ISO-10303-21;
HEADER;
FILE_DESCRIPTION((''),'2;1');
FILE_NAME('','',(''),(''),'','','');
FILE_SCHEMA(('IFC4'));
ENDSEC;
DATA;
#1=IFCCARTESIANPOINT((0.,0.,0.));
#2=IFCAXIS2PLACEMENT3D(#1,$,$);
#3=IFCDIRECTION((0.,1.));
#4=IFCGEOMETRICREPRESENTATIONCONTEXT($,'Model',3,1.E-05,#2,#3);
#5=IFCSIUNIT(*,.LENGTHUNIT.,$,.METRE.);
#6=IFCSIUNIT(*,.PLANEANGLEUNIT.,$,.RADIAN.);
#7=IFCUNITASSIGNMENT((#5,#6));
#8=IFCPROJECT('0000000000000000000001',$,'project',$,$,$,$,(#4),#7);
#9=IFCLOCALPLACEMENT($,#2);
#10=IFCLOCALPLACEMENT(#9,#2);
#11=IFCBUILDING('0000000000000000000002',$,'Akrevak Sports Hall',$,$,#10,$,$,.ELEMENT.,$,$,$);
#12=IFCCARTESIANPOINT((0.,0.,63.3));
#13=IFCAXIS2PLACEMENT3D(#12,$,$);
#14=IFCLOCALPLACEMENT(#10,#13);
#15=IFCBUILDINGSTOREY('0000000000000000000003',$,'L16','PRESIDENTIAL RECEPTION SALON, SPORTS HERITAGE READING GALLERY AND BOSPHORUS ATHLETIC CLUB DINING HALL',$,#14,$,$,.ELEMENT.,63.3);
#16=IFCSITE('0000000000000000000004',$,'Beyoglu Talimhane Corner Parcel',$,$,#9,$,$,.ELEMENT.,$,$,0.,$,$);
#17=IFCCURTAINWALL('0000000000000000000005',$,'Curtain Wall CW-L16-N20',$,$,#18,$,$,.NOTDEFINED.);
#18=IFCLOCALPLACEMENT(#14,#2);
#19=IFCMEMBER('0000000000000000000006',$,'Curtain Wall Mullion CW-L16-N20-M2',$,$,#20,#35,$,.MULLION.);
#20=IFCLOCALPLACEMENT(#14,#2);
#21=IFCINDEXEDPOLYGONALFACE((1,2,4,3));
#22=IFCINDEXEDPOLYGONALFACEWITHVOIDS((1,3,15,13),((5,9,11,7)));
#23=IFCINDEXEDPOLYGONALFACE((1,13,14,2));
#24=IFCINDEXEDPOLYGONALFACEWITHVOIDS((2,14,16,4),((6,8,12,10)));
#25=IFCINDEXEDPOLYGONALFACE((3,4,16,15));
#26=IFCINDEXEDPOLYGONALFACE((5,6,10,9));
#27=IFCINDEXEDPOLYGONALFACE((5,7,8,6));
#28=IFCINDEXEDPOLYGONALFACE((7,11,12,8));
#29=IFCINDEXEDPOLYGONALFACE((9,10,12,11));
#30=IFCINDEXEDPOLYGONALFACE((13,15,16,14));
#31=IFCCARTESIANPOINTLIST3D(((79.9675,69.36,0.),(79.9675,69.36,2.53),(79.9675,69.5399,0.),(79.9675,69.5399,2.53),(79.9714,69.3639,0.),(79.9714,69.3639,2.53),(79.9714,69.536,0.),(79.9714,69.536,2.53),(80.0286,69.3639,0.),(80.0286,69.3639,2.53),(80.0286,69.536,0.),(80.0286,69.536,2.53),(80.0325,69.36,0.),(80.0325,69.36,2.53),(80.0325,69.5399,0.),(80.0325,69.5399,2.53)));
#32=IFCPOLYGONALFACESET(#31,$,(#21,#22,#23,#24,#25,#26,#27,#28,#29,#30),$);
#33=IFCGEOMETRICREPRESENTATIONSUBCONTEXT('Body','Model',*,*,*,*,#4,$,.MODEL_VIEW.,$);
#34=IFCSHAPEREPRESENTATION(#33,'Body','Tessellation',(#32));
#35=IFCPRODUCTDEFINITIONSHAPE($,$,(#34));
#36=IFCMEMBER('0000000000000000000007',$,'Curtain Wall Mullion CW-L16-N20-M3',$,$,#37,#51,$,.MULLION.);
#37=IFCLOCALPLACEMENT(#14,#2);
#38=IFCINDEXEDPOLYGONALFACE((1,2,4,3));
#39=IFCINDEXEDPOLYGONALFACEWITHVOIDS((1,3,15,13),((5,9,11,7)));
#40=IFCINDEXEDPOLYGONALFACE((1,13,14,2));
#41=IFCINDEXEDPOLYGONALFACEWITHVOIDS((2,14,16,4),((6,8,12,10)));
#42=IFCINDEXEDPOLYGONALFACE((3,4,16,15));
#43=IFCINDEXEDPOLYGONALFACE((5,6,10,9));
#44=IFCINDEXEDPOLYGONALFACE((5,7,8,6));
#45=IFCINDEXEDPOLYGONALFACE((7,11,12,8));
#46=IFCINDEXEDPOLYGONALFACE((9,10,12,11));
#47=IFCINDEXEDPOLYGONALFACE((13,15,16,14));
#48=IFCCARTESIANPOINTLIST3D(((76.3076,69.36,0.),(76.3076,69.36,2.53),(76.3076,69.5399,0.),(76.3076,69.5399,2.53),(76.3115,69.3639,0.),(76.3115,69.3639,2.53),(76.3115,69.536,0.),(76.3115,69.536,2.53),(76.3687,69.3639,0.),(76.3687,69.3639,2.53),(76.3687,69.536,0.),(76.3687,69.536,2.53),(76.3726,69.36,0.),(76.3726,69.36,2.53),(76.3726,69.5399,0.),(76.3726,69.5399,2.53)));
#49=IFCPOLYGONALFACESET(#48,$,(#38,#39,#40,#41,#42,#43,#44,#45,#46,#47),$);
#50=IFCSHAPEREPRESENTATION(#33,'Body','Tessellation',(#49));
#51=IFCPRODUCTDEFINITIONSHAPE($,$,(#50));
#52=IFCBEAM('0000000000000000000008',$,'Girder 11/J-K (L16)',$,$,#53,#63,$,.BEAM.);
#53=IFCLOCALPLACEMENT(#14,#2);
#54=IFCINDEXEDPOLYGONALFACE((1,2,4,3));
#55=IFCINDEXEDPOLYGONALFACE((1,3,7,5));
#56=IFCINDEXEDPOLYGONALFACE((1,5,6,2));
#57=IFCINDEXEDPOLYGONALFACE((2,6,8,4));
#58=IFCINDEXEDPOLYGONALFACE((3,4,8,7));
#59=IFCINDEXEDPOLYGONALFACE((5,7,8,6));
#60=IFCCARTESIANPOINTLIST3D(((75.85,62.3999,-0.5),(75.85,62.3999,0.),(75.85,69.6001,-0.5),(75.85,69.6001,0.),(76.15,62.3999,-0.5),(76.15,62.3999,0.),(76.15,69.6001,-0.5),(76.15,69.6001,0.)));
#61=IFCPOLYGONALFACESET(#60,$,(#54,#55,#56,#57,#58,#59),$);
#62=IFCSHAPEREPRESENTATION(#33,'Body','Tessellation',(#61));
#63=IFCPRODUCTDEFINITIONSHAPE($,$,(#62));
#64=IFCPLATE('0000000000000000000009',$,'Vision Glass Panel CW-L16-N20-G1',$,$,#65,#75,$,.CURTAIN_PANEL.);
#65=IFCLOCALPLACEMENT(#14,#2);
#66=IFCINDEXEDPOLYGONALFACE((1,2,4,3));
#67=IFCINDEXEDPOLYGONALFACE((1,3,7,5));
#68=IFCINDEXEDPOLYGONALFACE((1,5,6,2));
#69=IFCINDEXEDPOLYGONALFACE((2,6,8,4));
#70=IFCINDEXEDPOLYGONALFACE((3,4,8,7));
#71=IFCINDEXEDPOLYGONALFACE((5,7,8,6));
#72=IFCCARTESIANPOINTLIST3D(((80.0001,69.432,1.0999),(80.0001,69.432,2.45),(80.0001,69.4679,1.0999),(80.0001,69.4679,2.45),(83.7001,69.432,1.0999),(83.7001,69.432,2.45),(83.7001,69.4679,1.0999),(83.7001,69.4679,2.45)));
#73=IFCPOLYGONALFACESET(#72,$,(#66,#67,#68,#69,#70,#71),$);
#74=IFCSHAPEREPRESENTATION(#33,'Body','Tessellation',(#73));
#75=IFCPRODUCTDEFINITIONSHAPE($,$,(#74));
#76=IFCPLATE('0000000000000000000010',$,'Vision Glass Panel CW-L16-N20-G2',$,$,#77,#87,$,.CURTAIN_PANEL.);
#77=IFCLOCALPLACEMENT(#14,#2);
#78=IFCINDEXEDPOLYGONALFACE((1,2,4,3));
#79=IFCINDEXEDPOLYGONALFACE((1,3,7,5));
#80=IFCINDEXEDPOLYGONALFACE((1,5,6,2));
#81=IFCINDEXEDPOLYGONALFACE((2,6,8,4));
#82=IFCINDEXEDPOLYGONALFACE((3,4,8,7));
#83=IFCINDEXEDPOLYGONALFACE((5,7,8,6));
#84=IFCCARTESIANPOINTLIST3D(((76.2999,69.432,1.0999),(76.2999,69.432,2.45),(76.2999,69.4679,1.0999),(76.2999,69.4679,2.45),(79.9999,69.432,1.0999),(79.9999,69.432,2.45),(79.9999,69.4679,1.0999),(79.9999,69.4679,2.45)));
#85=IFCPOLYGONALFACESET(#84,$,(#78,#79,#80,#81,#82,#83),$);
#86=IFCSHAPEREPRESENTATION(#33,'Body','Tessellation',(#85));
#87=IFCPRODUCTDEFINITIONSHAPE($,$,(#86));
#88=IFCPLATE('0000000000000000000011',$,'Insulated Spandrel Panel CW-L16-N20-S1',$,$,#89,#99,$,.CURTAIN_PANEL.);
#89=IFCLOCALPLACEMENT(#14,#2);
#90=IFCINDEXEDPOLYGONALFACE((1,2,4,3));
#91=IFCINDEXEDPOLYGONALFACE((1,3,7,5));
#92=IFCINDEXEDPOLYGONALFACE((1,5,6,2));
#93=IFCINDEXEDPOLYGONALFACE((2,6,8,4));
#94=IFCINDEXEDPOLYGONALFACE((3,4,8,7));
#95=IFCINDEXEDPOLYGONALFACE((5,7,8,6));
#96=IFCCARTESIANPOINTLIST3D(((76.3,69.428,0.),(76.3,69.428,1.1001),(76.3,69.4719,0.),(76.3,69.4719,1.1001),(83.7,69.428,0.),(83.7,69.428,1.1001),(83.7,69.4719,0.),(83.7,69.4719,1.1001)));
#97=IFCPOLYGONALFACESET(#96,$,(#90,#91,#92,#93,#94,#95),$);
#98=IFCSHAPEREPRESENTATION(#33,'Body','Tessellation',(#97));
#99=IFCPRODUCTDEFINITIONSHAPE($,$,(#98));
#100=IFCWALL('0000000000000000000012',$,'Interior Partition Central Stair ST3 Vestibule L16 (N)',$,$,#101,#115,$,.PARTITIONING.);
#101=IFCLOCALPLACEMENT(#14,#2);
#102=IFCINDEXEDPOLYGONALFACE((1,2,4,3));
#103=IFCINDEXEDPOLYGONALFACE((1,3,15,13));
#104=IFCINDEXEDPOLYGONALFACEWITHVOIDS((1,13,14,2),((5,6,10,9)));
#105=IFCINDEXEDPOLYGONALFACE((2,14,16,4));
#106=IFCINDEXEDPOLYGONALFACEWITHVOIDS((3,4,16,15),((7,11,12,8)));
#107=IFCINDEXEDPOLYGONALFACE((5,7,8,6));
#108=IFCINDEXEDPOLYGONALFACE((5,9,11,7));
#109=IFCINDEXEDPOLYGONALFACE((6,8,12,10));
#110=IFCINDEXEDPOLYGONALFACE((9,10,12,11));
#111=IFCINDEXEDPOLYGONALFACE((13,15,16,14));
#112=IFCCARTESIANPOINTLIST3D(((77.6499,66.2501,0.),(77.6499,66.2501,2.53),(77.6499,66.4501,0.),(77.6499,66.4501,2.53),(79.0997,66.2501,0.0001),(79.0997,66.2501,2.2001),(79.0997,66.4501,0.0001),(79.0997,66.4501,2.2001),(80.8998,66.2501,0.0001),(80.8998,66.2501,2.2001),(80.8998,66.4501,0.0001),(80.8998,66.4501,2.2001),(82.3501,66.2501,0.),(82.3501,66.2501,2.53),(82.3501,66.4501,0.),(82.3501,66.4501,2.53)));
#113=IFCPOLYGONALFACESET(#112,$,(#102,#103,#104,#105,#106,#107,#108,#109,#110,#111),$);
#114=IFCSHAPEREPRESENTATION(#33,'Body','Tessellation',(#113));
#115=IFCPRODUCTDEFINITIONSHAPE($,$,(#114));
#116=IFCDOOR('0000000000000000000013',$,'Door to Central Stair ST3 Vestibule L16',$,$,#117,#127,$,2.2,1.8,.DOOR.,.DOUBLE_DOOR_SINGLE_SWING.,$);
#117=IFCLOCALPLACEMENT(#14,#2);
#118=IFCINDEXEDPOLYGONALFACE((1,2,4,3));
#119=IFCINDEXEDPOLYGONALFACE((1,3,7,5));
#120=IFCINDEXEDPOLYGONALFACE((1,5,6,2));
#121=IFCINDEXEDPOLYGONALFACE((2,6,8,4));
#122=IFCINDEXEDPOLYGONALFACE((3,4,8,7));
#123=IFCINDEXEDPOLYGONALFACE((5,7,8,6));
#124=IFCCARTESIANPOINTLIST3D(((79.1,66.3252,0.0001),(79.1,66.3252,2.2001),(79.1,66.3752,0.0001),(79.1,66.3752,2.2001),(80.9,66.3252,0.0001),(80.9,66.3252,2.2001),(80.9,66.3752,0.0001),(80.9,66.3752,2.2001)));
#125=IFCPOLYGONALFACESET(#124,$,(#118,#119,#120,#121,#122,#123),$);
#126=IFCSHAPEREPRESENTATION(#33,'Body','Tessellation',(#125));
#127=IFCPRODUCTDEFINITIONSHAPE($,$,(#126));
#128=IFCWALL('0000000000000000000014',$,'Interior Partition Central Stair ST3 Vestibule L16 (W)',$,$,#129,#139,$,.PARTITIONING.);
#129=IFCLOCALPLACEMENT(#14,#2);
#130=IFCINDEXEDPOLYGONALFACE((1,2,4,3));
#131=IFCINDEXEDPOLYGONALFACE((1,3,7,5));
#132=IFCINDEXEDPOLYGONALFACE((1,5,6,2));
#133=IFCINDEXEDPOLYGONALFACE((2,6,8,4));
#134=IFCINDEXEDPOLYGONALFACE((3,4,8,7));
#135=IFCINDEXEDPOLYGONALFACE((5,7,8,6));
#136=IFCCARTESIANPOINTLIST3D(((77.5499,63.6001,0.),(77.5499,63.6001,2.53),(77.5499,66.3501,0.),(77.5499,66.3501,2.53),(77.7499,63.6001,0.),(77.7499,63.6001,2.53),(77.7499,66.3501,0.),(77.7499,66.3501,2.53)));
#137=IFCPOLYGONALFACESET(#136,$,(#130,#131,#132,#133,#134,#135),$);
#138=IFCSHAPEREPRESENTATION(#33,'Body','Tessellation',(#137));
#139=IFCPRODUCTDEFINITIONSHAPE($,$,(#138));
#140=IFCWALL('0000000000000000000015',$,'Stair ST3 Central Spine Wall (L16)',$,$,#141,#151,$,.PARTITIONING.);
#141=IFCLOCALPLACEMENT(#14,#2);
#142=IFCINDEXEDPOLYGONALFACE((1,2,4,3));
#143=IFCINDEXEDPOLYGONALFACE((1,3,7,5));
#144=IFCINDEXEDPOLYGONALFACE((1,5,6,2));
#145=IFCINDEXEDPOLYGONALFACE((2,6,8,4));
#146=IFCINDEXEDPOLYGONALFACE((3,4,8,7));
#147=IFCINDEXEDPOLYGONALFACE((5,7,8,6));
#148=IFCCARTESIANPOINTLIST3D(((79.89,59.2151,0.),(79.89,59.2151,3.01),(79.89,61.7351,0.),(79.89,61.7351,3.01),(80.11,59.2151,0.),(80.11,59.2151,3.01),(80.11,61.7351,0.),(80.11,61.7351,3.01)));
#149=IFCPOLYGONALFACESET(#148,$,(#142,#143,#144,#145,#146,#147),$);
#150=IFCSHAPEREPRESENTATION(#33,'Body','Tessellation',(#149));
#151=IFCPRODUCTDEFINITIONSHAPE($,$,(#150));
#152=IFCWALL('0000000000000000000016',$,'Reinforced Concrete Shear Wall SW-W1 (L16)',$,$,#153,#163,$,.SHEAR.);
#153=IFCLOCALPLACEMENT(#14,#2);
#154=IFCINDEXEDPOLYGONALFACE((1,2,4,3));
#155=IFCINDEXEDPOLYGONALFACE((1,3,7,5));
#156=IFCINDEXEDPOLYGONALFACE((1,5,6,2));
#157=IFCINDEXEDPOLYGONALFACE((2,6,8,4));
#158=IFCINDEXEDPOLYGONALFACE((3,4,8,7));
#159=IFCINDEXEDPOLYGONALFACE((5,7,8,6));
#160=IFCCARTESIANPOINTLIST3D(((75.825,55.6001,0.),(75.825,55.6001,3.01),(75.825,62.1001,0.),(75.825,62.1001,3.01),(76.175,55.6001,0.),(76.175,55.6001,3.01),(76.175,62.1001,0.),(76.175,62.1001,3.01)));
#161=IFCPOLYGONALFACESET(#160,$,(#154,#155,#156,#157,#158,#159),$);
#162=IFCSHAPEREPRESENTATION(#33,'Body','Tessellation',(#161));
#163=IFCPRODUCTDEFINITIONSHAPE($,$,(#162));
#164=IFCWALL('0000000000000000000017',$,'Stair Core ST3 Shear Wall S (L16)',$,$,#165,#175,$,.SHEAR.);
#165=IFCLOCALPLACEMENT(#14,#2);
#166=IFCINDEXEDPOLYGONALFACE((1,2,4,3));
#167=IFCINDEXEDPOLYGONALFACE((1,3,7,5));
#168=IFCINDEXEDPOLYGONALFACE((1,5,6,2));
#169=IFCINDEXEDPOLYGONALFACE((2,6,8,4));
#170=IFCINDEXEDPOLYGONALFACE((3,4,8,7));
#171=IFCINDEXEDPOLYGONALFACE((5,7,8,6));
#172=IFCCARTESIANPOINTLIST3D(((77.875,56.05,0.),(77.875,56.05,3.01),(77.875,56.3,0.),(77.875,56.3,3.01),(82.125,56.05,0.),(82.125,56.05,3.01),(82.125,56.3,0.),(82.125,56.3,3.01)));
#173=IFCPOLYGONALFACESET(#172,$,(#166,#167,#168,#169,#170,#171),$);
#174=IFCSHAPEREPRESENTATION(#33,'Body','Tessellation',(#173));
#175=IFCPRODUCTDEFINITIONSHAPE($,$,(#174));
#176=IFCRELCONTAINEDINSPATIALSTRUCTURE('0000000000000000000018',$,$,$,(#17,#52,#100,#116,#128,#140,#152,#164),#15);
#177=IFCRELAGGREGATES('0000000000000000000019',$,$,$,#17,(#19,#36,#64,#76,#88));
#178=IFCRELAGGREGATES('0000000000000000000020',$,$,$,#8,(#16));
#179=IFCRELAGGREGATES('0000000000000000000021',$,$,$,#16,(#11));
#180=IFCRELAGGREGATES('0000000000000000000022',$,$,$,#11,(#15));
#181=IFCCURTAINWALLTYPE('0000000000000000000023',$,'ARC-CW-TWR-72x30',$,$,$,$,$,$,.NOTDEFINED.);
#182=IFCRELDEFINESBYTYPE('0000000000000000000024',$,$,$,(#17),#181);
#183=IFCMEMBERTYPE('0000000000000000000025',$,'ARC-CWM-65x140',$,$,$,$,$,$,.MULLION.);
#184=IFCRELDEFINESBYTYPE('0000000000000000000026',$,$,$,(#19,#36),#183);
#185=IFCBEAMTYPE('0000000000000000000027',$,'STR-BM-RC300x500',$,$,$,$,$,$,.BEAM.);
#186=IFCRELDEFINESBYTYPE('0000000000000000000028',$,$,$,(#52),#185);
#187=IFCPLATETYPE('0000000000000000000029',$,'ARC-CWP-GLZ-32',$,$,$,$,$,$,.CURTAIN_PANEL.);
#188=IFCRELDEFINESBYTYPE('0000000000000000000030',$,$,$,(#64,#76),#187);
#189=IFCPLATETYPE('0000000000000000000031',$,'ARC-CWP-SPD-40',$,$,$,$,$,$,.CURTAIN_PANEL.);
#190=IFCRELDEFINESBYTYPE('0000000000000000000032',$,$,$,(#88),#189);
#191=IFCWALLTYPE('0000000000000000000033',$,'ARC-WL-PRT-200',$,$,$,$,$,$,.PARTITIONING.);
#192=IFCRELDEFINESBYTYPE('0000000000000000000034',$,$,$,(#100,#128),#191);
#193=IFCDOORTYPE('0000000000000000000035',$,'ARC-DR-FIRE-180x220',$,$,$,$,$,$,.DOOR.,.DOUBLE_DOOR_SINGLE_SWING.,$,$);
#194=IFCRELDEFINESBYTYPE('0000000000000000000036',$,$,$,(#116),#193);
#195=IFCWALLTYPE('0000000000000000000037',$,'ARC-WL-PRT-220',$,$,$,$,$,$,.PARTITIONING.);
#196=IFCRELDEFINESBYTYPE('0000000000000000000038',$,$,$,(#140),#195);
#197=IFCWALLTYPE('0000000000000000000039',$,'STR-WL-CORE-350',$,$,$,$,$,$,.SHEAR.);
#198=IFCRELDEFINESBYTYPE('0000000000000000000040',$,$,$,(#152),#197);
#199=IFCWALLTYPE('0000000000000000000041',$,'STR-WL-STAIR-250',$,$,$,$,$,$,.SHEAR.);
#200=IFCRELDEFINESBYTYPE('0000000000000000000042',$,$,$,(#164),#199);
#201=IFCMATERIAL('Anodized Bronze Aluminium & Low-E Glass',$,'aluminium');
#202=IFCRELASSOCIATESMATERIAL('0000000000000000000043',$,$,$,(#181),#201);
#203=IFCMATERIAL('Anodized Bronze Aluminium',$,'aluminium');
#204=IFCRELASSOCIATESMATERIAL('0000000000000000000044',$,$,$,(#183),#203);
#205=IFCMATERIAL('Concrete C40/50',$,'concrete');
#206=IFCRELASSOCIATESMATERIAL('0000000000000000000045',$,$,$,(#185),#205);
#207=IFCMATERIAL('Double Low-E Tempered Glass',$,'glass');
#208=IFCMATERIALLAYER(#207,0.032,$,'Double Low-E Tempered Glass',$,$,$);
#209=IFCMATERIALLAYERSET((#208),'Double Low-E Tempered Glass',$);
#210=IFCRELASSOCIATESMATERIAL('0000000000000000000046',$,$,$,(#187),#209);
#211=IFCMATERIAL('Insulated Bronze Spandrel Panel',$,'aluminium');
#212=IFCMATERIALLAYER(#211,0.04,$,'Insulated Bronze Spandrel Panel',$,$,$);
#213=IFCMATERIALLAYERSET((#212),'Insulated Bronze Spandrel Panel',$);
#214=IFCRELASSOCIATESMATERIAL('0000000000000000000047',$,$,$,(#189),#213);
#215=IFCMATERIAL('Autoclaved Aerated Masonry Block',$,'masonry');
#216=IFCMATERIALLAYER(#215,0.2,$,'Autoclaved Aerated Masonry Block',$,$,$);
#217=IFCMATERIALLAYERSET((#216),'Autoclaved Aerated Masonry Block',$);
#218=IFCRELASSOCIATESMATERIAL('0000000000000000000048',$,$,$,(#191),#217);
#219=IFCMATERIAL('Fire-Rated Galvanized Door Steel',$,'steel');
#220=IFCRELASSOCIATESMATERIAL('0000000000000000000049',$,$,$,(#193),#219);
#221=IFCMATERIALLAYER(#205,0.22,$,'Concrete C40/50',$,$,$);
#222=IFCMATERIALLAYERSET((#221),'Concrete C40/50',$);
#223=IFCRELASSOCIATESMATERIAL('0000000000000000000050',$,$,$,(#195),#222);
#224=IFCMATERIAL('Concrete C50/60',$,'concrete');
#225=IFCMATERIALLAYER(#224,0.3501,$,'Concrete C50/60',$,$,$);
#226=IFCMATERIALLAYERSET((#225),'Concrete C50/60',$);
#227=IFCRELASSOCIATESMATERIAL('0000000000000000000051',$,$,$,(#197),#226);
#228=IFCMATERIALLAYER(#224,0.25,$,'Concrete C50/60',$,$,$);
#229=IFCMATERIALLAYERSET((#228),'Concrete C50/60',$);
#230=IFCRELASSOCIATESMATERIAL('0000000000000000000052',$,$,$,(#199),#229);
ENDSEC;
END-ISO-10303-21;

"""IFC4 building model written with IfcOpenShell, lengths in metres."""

from ifc_helpers import new_model, si_unit, direction, frame, frame_2d, origin, origin_2d, place, context, subcontext, project, spatial, rectangle, hollow_rectangle, extrude, material, layer, layer_set, material_profile, profile_set, type_object, element, fill, aggregate, save


model = new_model("IFC4")

# Units and contexts
model_context = context("Model", 3, precision=1e-05, world=origin(), true_north=direction((0.0, 1.0)))
body_context = subcontext(model_context, "Body", "Model", "MODEL_VIEW")
ifc_project = project(units=[si_unit("LENGTHUNIT", "METRE"), si_unit("PLANEANGLEUNIT", "RADIAN")], contexts=[model_context])

# Site, building, storey
site_placement = place(None, origin())
site = spatial("IfcSite", under=ifc_project, at=site_placement, Name="Beyoglu Talimhane Corner Parcel", CompositionType="ELEMENT", RefElevation=0.0)
building_placement = place(site_placement, origin())
building = spatial("IfcBuilding", under=site, at=building_placement, Name="Akrevak Sports Hall", CompositionType="ELEMENT")
storey_placement = place(building_placement, frame((0.0, 0.0, 63.3)))
storey = spatial("IfcBuildingStorey", under=building, at=storey_placement, Name="L16", Description="PRESIDENTIAL RECEPTION SALON, SPORTS HERITAGE READING GALLERY AND BOSPHORUS ATHLETIC CLUB DINING HALL", CompositionType="ELEMENT", Elevation=63.3)

# Curtain wall, members
ifc_material_1 = material(Name="Anodized Bronze Aluminium & Low-E Glass", Category="aluminium")
curtain_wall_type = type_object("IfcCurtainWallType", Name="ARC-CW-TWR-72x30", PredefinedType="NOTDEFINED", material=ifc_material_1)
curtain_wall_placement = place(storey_placement, origin())
curtain_wall = element("IfcCurtainWall", 1, at=curtain_wall_placement, inside=storey, type_object=curtain_wall_type, Name="Curtain Wall CW-L16-N20", PredefinedType="NOTDEFINED")
ifc_material_2 = material(Name="Anodized Bronze Aluminium", Category="aluminium")
ifc_material_profile_1 = material_profile(ifc_material_2, hollow_rectangle(XDim=0.0649, YDim=0.1799, WallThickness=0.0039, at=origin_2d()), Name="CWM 65x180", Category="aluminium")
ifc_profile_set_1 = profile_set([ifc_material_profile_1], Name="Anodized Bronze Aluminium")
member_type = type_object("IfcMemberType", Name="ARC-CWM-65x140", PredefinedType="MULLION", material=ifc_profile_set_1)
member_1_placement = place(storey_placement, frame((80.0, 69.45, 0.0), z_axis=(0.0, 0.0, 1.0), x_axis=(-1.0, 0.0, 0.0)))
member_1 = element("IfcMember", 2, at=member_1_placement, type_object=member_type, Name="Curtain Wall Mullion CW-L16-N20-M2", PredefinedType="MULLION", context=body_context, shape_type="SweptSolid", body=[
    extrude(hollow_rectangle(XDim=0.0649, YDim=0.1799, WallThickness=0.0039, at=origin_2d()), origin(), (0.0, 0.0, 1.0), 2.53),
])
member_2_placement = place(storey_placement, frame((76.3401, 69.45, 0.0), z_axis=(0.0, 0.0, 1.0), x_axis=(-1.0, 0.0, 0.0)))
member_2 = element("IfcMember", 3, at=member_2_placement, type_object=member_type, Name="Curtain Wall Mullion CW-L16-N20-M3", PredefinedType="MULLION", context=body_context, shape_type="SweptSolid", body=[
    extrude(hollow_rectangle(XDim=0.0649, YDim=0.1799, WallThickness=0.0039, at=origin_2d()), origin(), (0.0, 0.0, 1.0), 2.53),
])

# Beam
ifc_material_3 = material(Name="Concrete C40/50", Category="concrete")
ifc_material_profile_2 = material_profile(ifc_material_3, rectangle(XDim=0.3, YDim=0.5, at=origin_2d()), Name="BM 300x500", Category="concrete")
ifc_profile_set_2 = profile_set([ifc_material_profile_2], Name="Concrete C40/50")
beam_type = type_object("IfcBeamType", Name="STR-BM-RC300x500", PredefinedType="BEAM", material=ifc_profile_set_2)
beam_placement = place(storey_placement, frame((76.0, 62.3999, -0.25), z_axis=(0.0, 1.0, 0.0), x_axis=(-1.0, 0.0, 0.0)))
element("IfcBeam", 4, at=beam_placement, inside=storey, type_object=beam_type, Name="Girder 11/J-K (L16)", PredefinedType="BEAM", context=body_context, shape_type="SweptSolid", body=[
    extrude(rectangle(XDim=0.3, YDim=0.5, at=origin_2d()), origin(), (0.0, 0.0, 1.0), 7.2002),
])

# Plates
ifc_material_4 = material(Name="Double Low-E Tempered Glass", Category="glass")
ifc_layer_1 = layer(ifc_material_4, 0.032, Name="Double Low-E Tempered Glass")
ifc_layer_set_1 = layer_set([ifc_layer_1], Name="Double Low-E Tempered Glass")
plate_type_1 = type_object("IfcPlateType", Name="ARC-CWP-GLZ-32", PredefinedType="CURTAIN_PANEL", material=ifc_layer_set_1)
plate_1_placement = place(storey_placement, frame((81.8501, 69.45, 1.0999), z_axis=(0.0, 0.0, 1.0), x_axis=(-1.0, 0.0, 0.0)))
plate_1 = element("IfcPlate", 5, at=plate_1_placement, type_object=plate_type_1, Name="Vision Glass Panel CW-L16-N20-G1", PredefinedType="CURTAIN_PANEL", context=body_context, shape_type="SweptSolid", body=[
    extrude(rectangle(XDim=3.7, YDim=0.0359, at=origin_2d()), origin(), (0.0, 0.0, 1.0), 1.3501),
])
plate_2_placement = place(storey_placement, frame((78.1499, 69.45, 1.0999), z_axis=(0.0, 0.0, 1.0), x_axis=(-1.0, 0.0, 0.0)))
plate_2 = element("IfcPlate", 6, at=plate_2_placement, type_object=plate_type_1, Name="Vision Glass Panel CW-L16-N20-G2", PredefinedType="CURTAIN_PANEL", context=body_context, shape_type="SweptSolid", body=[
    extrude(rectangle(XDim=3.7, YDim=0.0359, at=origin_2d()), origin(), (0.0, 0.0, 1.0), 1.3501),
])
ifc_material_5 = material(Name="Insulated Bronze Spandrel Panel", Category="aluminium")
ifc_layer_2 = layer(ifc_material_5, 0.04, Name="Insulated Bronze Spandrel Panel")
ifc_layer_set_2 = layer_set([ifc_layer_2], Name="Insulated Bronze Spandrel Panel")
plate_type_2 = type_object("IfcPlateType", Name="ARC-CWP-SPD-40", PredefinedType="CURTAIN_PANEL", material=ifc_layer_set_2)
plate_3_placement = place(storey_placement, frame((80.0, 69.45, 0.0), z_axis=(0.0, 0.0, 1.0), x_axis=(-1.0, 0.0, 0.0)))
plate_3 = element("IfcPlate", 7, at=plate_3_placement, type_object=plate_type_2, Name="Insulated Spandrel Panel CW-L16-N20-S1", PredefinedType="CURTAIN_PANEL", context=body_context, shape_type="SweptSolid", body=[
    extrude(rectangle(XDim=7.3999, YDim=0.0439, at=origin_2d()), origin(), (0.0, 0.0, 1.0), 1.1001),
])
aggregate(curtain_wall, [member_1, member_2, plate_1, plate_2, plate_3])

# Wall, opening, door
ifc_material_6 = material(Name="Autoclaved Aerated Masonry Block", Category="masonry")
ifc_layer_3 = layer(ifc_material_6, 0.2, Name="Autoclaved Aerated Masonry Block")
ifc_layer_set_3 = layer_set([ifc_layer_3], Name="Autoclaved Aerated Masonry Block")
wall_type_1 = type_object("IfcWallType", Name="ARC-WL-PRT-200", PredefinedType="PARTITIONING", material=ifc_layer_set_3)
wall_1_placement = place(storey_placement, frame((77.6499, 66.3501, 0.0), z_axis=(0.0, 0.0, 1.0), x_axis=(1.0, 0.0, 0.0)))
wall_1 = element("IfcWall", 8, at=wall_1_placement, inside=storey, type_object=wall_type_1, Name="Interior Partition Central Stair ST3 Vestibule L16 (N)", PredefinedType="PARTITIONING", context=body_context, shape_type="SweptSolid", body=[
    extrude(rectangle(XDim=4.7002, YDim=0.2, at=frame_2d((2.3501, 0.0))), origin(), (0.0, 0.0, 1.0), 2.53),
])
opening_1_placement = place(wall_1_placement, frame((1.45, 0.0, 0.0)))
opening_1 = element("IfcOpeningElement", 9, at=opening_1_placement, cuts=wall_1, PredefinedType="OPENING", context=body_context, shape_type="SweptSolid", body=[
    extrude(rectangle(XDim=1.8, YDim=2.2, at=frame_2d((0.8999, 1.1001))), frame((0.0, 0.1118, 0.0), z_axis=(0.0, -1.0, 0.0), x_axis=(1.0, 0.0, 0.0)), (0.0, 0.0, 1.0), 0.2239),
])
ifc_material_7 = material(Name="Fire-Rated Galvanized Door Steel", Category="steel")
door_type_1 = type_object("IfcDoorType", Name="ARC-DR-FIRE-180x220", OperationType="DOUBLE_DOOR_SINGLE_SWING", PredefinedType="DOOR", material=ifc_material_7)
door_1_placement = place(opening_1_placement, frame((1.8, 0.0, 0.0), z_axis=(0.0, 0.0, 1.0), x_axis=(-1.0, 0.0, 0.0)))
door_1 = element("IfcDoor", 10, at=door_1_placement, inside=storey, type_object=door_type_1, Name="Door to Central Stair ST3 Vestibule L16", OperationType="DOUBLE_DOOR_SINGLE_SWING", OverallHeight=2.2, OverallWidth=1.8, PredefinedType="DOOR", context=body_context, shape_type="SweptSolid", body=[
    extrude(rectangle(XDim=1.8, YDim=2.2, at=frame_2d((0.8999, 1.1001))), frame((0.0, 0.0249, 0.0), z_axis=(0.0, -1.0, 0.0), x_axis=(1.0, 0.0, 0.0)), (0.0, 0.0, 1.0), 0.05),
])
fill(opening_1, door_1)

# Walls
wall_2_placement = place(storey_placement, frame((77.6499, 63.6001, 0.0), z_axis=(0.0, 0.0, 1.0), x_axis=(0.0, 1.0, 0.0)))
element("IfcWall", 11, at=wall_2_placement, inside=storey, type_object=wall_type_1, Name="Interior Partition Central Stair ST3 Vestibule L16 (W)", PredefinedType="PARTITIONING", context=body_context, shape_type="SweptSolid", body=[
    extrude(rectangle(XDim=2.75, YDim=0.2, at=frame_2d((1.375, 0.0))), origin(), (0.0, 0.0, 1.0), 2.53),
])
ifc_layer_4 = layer(ifc_material_3, 0.22, Name="Concrete C40/50")
ifc_layer_set_4 = layer_set([ifc_layer_4], Name="Concrete C40/50")
wall_type_2 = type_object("IfcWallType", Name="ARC-WL-PRT-220", PredefinedType="PARTITIONING", material=ifc_layer_set_4)
wall_3_placement = place(storey_placement, frame((80.0, 59.2151, 0.0), z_axis=(0.0, 0.0, 1.0), x_axis=(0.0, 1.0, 0.0)))
element("IfcWall", 12, at=wall_3_placement, inside=storey, type_object=wall_type_2, Name="Stair ST3 Central Spine Wall (L16)", PredefinedType="PARTITIONING", context=body_context, shape_type="SweptSolid", body=[
    extrude(rectangle(XDim=2.52, YDim=0.22, at=frame_2d((1.26, 0.0))), origin(), (0.0, 0.0, 1.0), 3.01),
])
ifc_material_8 = material(Name="Concrete C50/60", Category="concrete")
ifc_layer_5 = layer(ifc_material_8, 0.3501, Name="Concrete C50/60")
ifc_layer_set_5 = layer_set([ifc_layer_5], Name="Concrete C50/60")
wall_type_3 = type_object("IfcWallType", Name="STR-WL-CORE-350", PredefinedType="SHEAR", material=ifc_layer_set_5)
wall_4_placement = place(storey_placement, frame((76.0, 55.6001, 0.0), z_axis=(0.0, 0.0, 1.0), x_axis=(0.0, 1.0, 0.0)))
element("IfcWall", 13, at=wall_4_placement, inside=storey, type_object=wall_type_3, Name="Reinforced Concrete Shear Wall SW-W1 (L16)", PredefinedType="SHEAR", context=body_context, shape_type="SweptSolid", body=[
    extrude(rectangle(XDim=6.5, YDim=0.3501, at=frame_2d((3.25, 0.0))), origin(), (0.0, 0.0, 1.0), 3.01),
])
ifc_layer_6 = layer(ifc_material_8, 0.25, Name="Concrete C50/60")
ifc_layer_set_6 = layer_set([ifc_layer_6], Name="Concrete C50/60")
wall_type_4 = type_object("IfcWallType", Name="STR-WL-STAIR-250", PredefinedType="SHEAR", material=ifc_layer_set_6)
wall_5_placement = place(storey_placement, frame((77.875, 56.175, 0.0), z_axis=(0.0, 0.0, 1.0), x_axis=(1.0, 0.0, 0.0)))
element("IfcWall", 14, at=wall_5_placement, inside=storey, type_object=wall_type_4, Name="Stair Core ST3 Shear Wall S (L16)", PredefinedType="SHEAR", context=body_context, shape_type="SweptSolid", body=[
    extrude(rectangle(XDim=4.25, YDim=0.25, at=frame_2d((2.125, 0.0))), origin(), (0.0, 0.0, 1.0), 3.01),
])

save(model, "model.ifc")
